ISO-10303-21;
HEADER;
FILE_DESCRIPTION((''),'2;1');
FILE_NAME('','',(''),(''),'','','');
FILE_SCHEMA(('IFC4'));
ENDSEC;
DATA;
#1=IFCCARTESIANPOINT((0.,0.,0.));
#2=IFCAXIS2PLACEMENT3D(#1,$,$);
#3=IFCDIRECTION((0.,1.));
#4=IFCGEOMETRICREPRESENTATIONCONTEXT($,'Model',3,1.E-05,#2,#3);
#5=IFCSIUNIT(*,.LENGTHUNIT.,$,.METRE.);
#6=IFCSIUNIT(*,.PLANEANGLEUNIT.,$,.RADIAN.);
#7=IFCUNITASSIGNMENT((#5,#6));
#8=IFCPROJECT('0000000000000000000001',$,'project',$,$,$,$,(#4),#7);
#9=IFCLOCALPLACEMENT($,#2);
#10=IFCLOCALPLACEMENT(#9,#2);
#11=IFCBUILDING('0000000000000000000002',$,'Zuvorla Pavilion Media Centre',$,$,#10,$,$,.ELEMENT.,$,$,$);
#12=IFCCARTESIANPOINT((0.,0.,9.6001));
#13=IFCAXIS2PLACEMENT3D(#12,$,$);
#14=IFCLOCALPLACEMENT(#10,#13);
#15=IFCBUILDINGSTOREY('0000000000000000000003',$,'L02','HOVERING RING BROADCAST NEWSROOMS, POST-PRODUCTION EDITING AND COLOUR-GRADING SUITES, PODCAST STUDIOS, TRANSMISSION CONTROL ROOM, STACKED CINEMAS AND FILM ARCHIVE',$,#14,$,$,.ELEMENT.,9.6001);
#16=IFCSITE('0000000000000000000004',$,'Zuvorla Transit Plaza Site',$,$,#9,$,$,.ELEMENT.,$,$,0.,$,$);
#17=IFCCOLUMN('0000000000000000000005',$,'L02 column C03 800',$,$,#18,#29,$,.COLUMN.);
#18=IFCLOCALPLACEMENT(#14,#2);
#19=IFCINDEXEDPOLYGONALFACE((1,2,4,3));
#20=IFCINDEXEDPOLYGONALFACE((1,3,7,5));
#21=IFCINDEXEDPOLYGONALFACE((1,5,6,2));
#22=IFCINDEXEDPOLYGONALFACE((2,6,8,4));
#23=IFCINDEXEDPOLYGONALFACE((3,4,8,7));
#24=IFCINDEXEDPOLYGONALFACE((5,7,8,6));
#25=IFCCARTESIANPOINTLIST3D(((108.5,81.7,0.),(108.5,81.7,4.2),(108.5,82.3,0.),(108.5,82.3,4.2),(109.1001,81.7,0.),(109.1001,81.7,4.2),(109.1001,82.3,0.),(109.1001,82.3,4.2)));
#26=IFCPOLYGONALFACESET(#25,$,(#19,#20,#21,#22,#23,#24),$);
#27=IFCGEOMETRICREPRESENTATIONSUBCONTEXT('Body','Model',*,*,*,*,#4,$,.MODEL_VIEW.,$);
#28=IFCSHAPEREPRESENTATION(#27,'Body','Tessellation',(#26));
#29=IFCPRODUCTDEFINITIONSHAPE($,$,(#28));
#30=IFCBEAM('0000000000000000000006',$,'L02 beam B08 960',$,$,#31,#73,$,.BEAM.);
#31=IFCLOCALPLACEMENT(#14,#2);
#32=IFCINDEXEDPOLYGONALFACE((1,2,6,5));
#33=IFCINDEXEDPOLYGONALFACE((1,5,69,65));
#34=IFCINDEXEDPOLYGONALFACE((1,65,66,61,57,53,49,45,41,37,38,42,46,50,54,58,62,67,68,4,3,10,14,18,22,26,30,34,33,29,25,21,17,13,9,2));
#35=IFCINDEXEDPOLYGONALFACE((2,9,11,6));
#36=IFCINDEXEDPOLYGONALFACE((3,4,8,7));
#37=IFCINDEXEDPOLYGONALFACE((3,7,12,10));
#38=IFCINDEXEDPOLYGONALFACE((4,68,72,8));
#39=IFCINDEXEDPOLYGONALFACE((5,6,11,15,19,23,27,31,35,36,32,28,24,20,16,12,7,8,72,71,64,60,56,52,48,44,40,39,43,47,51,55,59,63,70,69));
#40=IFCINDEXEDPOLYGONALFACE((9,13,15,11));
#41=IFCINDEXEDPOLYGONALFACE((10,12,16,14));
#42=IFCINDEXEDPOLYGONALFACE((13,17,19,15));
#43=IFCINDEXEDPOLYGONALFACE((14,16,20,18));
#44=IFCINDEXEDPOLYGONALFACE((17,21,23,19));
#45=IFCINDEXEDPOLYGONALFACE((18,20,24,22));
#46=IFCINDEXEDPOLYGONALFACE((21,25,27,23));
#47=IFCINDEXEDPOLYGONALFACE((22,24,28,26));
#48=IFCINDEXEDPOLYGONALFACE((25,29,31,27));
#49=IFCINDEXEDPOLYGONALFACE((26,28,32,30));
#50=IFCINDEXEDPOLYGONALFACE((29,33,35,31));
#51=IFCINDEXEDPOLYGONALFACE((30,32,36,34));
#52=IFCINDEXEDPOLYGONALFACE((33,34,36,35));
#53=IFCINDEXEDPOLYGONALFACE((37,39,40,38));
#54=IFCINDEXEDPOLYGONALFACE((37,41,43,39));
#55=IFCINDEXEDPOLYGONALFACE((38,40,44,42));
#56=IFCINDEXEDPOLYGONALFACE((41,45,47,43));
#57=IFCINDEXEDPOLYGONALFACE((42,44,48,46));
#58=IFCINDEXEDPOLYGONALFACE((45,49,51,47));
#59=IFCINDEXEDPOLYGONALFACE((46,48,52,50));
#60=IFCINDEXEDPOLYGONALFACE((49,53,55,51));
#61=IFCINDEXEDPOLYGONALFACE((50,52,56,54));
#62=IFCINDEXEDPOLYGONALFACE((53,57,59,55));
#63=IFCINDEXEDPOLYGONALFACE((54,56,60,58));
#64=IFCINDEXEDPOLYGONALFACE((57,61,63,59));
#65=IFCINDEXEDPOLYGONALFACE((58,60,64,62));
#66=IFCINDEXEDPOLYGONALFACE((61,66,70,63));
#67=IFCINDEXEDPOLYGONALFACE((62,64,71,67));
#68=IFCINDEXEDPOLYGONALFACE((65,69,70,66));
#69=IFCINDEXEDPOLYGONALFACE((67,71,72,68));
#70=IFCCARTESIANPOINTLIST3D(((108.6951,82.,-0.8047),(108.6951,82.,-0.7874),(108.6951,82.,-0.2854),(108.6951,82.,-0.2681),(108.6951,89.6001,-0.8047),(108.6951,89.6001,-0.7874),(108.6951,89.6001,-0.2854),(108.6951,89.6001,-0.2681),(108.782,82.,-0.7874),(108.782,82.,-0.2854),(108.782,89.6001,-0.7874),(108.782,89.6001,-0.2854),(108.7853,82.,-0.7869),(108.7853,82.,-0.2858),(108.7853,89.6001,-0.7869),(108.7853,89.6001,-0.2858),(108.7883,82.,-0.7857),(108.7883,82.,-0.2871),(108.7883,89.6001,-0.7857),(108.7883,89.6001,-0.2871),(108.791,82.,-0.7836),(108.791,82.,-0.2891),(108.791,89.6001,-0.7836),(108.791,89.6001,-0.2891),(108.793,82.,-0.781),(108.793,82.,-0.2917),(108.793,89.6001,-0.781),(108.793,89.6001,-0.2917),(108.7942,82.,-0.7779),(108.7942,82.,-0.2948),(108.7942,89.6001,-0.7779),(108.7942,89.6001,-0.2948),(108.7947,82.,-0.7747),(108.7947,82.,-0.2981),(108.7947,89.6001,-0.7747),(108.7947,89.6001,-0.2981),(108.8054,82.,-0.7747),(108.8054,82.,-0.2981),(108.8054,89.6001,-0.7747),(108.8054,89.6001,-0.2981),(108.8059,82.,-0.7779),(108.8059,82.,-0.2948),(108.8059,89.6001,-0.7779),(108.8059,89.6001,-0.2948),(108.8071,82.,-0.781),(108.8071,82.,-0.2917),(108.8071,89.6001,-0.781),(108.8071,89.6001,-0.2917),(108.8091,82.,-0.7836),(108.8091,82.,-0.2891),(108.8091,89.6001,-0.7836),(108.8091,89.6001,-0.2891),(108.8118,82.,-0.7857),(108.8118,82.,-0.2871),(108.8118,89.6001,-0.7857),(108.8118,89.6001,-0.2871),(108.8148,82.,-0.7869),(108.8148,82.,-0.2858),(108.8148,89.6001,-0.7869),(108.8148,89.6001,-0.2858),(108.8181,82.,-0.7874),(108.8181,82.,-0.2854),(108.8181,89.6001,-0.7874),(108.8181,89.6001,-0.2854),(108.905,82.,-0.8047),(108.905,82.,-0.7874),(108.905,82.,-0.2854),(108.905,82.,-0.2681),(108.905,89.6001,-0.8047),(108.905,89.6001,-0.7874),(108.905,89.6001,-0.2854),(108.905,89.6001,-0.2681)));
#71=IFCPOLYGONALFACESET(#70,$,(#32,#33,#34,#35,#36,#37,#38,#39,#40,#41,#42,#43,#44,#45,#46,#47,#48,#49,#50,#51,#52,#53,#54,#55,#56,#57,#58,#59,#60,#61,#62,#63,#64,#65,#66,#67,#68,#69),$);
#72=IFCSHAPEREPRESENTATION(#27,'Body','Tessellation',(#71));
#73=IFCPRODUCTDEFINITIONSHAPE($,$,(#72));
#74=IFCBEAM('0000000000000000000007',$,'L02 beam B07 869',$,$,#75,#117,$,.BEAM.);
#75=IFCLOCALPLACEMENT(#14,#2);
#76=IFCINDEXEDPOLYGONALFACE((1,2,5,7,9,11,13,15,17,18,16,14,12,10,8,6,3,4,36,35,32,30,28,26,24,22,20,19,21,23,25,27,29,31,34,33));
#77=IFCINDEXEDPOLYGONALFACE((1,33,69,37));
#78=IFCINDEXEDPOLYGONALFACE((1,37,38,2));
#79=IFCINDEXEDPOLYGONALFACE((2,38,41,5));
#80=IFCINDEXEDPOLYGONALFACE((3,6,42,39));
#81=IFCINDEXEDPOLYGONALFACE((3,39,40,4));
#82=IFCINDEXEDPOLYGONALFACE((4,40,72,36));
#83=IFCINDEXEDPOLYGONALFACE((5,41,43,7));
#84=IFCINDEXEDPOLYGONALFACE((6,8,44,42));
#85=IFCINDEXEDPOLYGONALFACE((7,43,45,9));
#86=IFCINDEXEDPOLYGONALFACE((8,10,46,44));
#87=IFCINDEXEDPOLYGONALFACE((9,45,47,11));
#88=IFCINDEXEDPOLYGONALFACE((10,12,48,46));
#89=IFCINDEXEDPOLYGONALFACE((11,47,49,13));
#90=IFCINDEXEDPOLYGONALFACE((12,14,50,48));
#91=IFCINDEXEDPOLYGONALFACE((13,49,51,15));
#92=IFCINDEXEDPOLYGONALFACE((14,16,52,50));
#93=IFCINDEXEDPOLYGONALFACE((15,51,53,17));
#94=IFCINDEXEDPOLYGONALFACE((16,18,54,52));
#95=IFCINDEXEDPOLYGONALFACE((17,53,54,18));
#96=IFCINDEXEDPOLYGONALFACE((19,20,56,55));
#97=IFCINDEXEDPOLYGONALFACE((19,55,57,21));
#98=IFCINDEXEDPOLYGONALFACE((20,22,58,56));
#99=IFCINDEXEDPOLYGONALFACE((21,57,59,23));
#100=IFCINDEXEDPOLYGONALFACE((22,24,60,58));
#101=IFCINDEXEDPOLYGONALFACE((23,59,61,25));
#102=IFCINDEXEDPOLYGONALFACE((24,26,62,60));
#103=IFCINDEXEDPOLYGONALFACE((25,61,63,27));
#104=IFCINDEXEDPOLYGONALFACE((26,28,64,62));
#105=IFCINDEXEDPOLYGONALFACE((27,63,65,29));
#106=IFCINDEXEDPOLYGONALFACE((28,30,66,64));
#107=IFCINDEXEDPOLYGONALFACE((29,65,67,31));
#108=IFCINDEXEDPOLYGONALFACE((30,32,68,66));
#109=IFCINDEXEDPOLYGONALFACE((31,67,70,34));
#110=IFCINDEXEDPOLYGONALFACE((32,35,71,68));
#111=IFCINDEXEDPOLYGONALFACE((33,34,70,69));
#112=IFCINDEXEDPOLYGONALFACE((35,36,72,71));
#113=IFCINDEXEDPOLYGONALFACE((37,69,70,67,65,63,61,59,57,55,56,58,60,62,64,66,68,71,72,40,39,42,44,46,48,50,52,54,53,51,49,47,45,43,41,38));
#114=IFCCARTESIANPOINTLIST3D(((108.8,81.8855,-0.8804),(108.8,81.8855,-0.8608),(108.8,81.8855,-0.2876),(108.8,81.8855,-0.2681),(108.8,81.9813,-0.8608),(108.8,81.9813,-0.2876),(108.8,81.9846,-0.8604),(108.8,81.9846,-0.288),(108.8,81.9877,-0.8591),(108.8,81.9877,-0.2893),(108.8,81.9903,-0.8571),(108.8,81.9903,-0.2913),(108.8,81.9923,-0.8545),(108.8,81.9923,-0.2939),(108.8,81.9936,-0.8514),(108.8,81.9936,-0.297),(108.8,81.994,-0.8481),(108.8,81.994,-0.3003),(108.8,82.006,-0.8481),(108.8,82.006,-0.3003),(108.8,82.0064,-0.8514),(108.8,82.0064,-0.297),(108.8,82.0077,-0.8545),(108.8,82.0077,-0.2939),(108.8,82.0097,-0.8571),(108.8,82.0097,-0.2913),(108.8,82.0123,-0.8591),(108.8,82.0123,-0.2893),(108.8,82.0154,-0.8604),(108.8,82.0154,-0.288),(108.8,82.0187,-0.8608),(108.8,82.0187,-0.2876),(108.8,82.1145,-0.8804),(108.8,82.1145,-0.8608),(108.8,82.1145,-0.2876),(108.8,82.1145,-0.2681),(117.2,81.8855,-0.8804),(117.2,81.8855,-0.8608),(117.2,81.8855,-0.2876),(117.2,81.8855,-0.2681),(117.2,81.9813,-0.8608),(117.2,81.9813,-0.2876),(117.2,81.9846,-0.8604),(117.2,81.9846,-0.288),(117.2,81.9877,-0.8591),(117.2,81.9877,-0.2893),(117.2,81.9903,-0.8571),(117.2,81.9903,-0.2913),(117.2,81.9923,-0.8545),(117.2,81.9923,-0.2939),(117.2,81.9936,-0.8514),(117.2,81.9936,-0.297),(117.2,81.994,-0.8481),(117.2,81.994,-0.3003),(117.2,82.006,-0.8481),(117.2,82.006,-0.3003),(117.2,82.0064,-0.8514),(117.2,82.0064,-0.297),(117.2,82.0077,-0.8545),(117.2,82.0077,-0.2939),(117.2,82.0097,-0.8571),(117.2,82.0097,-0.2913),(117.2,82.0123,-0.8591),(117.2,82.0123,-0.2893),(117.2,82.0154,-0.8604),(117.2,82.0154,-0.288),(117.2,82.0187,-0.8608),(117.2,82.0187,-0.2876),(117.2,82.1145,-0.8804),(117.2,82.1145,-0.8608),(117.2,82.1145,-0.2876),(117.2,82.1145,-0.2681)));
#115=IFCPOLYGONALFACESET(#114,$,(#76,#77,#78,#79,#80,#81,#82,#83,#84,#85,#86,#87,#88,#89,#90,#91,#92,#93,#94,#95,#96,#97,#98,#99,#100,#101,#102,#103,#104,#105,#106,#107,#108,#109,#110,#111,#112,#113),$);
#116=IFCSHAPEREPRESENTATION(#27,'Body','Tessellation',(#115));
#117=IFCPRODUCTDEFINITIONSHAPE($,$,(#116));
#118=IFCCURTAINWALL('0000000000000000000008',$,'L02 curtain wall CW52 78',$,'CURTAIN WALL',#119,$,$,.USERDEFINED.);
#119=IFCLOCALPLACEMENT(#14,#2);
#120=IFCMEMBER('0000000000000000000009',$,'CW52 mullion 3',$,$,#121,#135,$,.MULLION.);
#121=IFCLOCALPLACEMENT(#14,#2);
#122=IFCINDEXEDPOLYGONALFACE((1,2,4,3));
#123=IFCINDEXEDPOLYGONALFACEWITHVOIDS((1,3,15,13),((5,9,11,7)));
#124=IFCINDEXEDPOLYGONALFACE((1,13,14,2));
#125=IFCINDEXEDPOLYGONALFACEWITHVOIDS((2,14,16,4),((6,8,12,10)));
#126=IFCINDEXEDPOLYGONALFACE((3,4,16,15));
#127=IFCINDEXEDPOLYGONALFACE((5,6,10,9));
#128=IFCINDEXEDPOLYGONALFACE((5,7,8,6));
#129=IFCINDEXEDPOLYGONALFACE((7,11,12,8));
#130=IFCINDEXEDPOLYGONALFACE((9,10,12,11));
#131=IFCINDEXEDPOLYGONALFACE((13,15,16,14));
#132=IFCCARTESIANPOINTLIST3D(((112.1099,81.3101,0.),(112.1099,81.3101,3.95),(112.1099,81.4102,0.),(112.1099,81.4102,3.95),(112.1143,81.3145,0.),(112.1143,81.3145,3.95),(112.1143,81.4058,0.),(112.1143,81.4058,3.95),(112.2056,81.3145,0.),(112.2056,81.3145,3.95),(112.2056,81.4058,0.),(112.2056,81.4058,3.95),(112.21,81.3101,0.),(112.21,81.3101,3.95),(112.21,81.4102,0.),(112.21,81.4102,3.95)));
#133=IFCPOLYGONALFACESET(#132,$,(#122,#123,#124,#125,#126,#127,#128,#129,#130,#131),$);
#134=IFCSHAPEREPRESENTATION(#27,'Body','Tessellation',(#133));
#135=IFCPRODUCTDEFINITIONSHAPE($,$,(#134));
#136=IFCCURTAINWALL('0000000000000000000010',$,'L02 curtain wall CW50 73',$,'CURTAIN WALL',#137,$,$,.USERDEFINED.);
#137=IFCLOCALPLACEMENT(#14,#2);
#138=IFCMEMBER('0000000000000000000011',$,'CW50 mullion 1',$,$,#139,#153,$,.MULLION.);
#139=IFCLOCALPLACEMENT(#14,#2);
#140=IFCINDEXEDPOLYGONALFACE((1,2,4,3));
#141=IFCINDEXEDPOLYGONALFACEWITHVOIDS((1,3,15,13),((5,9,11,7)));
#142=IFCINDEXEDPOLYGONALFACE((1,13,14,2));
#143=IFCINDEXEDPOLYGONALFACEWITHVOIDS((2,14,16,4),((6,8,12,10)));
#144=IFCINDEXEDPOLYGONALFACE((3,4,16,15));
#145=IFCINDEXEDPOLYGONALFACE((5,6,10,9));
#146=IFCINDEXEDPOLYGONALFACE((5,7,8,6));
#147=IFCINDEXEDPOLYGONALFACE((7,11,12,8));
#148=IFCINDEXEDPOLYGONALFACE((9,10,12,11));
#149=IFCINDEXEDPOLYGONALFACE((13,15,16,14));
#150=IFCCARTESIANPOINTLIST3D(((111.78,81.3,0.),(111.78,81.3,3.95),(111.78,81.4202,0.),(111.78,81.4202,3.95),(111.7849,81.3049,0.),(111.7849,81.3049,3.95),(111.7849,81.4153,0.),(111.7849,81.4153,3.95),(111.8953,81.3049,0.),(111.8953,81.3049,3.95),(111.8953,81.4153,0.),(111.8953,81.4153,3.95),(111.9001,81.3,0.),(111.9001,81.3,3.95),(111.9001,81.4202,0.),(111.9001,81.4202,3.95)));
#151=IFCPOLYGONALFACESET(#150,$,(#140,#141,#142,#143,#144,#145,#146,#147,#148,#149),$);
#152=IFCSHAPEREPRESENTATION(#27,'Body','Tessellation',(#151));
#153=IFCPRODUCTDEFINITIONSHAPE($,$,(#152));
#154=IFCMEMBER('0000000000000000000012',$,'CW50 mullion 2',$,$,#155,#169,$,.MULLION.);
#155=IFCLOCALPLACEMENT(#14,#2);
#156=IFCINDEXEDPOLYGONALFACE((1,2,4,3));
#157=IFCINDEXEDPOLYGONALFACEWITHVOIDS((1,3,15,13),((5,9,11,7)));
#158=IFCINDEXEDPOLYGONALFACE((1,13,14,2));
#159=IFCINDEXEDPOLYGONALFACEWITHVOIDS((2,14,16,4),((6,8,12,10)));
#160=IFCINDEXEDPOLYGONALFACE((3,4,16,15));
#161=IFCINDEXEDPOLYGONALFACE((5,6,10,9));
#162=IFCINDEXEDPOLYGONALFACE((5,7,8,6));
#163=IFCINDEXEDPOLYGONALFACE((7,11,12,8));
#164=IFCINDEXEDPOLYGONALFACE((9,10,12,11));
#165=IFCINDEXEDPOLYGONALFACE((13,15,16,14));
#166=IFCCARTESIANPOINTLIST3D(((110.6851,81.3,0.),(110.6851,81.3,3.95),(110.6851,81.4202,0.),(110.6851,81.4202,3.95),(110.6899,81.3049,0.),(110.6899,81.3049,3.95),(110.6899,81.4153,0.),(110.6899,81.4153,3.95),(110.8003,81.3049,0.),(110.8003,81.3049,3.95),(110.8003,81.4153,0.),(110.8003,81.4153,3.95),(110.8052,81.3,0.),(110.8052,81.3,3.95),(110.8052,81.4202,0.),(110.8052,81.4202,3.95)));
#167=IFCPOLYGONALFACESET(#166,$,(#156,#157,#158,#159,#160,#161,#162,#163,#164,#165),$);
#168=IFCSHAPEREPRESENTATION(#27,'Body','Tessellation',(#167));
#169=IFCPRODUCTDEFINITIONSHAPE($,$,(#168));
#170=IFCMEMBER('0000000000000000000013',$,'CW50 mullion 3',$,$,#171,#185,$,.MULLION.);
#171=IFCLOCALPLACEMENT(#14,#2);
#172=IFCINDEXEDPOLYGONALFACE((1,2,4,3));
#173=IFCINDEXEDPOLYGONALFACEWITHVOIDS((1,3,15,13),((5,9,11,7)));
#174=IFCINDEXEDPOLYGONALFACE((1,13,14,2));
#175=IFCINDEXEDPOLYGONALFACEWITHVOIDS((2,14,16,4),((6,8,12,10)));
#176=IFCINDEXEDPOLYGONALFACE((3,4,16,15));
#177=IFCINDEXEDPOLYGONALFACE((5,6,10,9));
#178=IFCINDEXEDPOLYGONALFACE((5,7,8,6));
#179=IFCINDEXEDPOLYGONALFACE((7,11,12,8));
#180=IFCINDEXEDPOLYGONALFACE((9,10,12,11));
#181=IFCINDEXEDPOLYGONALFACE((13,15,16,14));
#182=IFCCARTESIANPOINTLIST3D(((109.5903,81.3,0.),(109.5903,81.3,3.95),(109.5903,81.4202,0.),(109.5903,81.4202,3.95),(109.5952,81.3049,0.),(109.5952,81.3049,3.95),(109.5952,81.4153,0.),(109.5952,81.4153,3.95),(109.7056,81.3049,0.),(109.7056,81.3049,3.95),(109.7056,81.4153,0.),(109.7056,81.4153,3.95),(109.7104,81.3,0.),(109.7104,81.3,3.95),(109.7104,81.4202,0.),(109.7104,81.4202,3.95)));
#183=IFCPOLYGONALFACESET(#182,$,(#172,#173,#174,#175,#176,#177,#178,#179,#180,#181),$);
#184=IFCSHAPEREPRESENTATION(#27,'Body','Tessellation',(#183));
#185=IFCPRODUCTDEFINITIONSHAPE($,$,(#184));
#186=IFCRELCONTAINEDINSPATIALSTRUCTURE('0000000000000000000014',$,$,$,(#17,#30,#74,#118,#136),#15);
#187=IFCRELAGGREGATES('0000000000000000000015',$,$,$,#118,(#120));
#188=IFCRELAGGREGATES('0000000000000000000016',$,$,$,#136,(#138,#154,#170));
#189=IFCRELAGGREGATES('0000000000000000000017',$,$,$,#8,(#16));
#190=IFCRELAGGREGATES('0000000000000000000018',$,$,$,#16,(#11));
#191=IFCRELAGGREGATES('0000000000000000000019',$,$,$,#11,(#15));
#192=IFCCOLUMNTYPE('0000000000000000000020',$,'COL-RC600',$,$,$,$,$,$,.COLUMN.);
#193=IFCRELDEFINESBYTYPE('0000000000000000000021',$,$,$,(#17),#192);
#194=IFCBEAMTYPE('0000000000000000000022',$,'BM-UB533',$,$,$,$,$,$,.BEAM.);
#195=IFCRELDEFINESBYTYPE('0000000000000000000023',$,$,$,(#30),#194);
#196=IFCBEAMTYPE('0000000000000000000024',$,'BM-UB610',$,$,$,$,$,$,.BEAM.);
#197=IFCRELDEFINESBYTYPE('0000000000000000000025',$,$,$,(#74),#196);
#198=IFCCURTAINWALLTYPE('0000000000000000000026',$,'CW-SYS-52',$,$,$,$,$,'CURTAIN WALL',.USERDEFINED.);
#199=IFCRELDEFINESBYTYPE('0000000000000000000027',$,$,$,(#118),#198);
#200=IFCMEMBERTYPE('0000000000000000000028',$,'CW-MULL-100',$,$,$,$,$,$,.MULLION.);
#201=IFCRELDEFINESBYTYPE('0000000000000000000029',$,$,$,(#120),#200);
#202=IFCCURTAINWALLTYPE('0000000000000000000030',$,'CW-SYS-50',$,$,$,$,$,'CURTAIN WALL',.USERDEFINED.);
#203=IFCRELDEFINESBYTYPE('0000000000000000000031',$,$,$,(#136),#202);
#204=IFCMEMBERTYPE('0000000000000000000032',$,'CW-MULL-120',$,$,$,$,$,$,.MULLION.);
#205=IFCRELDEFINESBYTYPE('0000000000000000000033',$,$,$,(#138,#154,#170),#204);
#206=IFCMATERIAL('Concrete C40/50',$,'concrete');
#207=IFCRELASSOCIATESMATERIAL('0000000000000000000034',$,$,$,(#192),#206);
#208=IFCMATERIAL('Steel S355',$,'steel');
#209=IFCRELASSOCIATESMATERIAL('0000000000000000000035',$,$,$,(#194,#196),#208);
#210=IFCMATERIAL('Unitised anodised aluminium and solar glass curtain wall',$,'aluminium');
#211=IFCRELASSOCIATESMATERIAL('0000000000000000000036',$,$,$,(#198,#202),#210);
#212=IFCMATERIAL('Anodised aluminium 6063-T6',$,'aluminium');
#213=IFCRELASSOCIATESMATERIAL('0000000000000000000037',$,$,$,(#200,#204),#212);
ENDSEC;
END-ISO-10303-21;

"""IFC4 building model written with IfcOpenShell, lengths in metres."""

from ifc_helpers import new_model, si_unit, direction, frame, origin, origin_2d, place, context, subcontext, project, spatial, rectangle, hollow_rectangle, i_section, extrude, material, material_profile, profile_set, type_object, element, aggregate, save


model = new_model("IFC4")

# Units and contexts
model_context = context("Model", 3, precision=1e-05, world=origin(), true_north=direction((0.0, 1.0)))
body_context = subcontext(model_context, "Body", "Model", "MODEL_VIEW")
ifc_project = project(units=[si_unit("LENGTHUNIT", "METRE"), si_unit("PLANEANGLEUNIT", "RADIAN")], contexts=[model_context])

# Site, building, storey
site_placement = place(None, origin())
site = spatial("IfcSite", under=ifc_project, at=site_placement, Name="Zuvorla Transit Plaza Site", CompositionType="ELEMENT", RefElevation=0.0)
building_placement = place(site_placement, origin())
building = spatial("IfcBuilding", under=site, at=building_placement, Name="Zuvorla Pavilion Media Centre", CompositionType="ELEMENT")
storey_placement = place(building_placement, frame((0.0, 0.0, 9.6001)))
storey = spatial("IfcBuildingStorey", under=building, at=storey_placement, Name="L02", Description="HOVERING RING BROADCAST NEWSROOMS, POST-PRODUCTION EDITING AND COLOUR-GRADING SUITES, PODCAST STUDIOS, TRANSMISSION CONTROL ROOM, STACKED CINEMAS AND FILM ARCHIVE", CompositionType="ELEMENT", Elevation=9.6001)

# Column
ifc_material_1 = material(Name="Concrete C40/50", Category="concrete")
ifc_material_profile_1 = material_profile(ifc_material_1, rectangle(XDim=0.6001, YDim=0.6001, at=origin_2d()), Name="RC 600x600")
ifc_profile_set_1 = profile_set([ifc_material_profile_1], Name="Concrete C40/50")
column_type = type_object("IfcColumnType", Name="COL-RC600", PredefinedType="COLUMN", material=ifc_profile_set_1)
column_placement = place(storey_placement, frame((108.8, 82.0, 0.0), z_axis=(0.0, 0.0, 1.0), x_axis=(1.0, 0.0, 0.0)))
element("IfcColumn", 1, at=column_placement, inside=storey, type_object=column_type, Name="L02 column C03 800", PredefinedType="COLUMN", context=body_context, shape_type="SweptSolid", body=[
    extrude(rectangle(XDim=0.6001, YDim=0.6001, at=origin_2d()), origin(), (0.0, 0.0, 1.0), 4.2),
])

# Beams
ifc_material_2 = material(Name="Steel S355", Category="steel")
ifc_material_profile_2 = material_profile(ifc_material_2, i_section(OverallWidth=0.21, OverallDepth=0.5366, WebThickness=0.0107, FlangeThickness=0.0173, FilletRadius=0.0127, at=origin_2d()), Name="UB 533x210x101")
ifc_profile_set_2 = profile_set([ifc_material_profile_2], Name="Steel S355")
beam_type_1 = type_object("IfcBeamType", Name="BM-UB533", PredefinedType="BEAM", material=ifc_profile_set_2)
beam_1_placement = place(storey_placement, frame((108.8, 82.0, -0.5364), z_axis=(0.0, 1.0, 0.0), x_axis=(-1.0, 0.0, 0.0)))
element("IfcBeam", 2, at=beam_1_placement, inside=storey, type_object=beam_type_1, Name="L02 beam B08 960", PredefinedType="BEAM", context=body_context, shape_type="SweptSolid", body=[
    extrude(i_section(OverallWidth=0.21, OverallDepth=0.5366, WebThickness=0.0107, FlangeThickness=0.0173, FilletRadius=0.0127, at=origin_2d()), origin(), (0.0, 0.0, 1.0), 7.6001),
])
ifc_material_profile_3 = material_profile(ifc_material_2, i_section(OverallWidth=0.229, OverallDepth=0.6123, WebThickness=0.012, FlangeThickness=0.0195, FilletRadius=0.0127, at=origin_2d()), Name="UB 610x229x125")
ifc_profile_set_3 = profile_set([ifc_material_profile_3], Name="Steel S355")
beam_type_2 = type_object("IfcBeamType", Name="BM-UB610", PredefinedType="BEAM", material=ifc_profile_set_3)
beam_2_placement = place(storey_placement, frame((108.8, 82.0, -0.5742), z_axis=(1.0, 0.0, 0.0), x_axis=(0.0, 1.0, 0.0)))
element("IfcBeam", 3, at=beam_2_placement, inside=storey, type_object=beam_type_2, Name="L02 beam B07 869", PredefinedType="BEAM", context=body_context, shape_type="SweptSolid", body=[
    extrude(i_section(OverallWidth=0.229, OverallDepth=0.6123, WebThickness=0.012, FlangeThickness=0.0195, FilletRadius=0.0127, at=origin_2d()), origin(), (0.0, 0.0, 1.0), 8.3999),
])

# Curtain wall, member
ifc_material_3 = material(Name="Unitised anodised aluminium and solar glass curtain wall", Category="aluminium")
curtain_wall_type_1 = type_object("IfcCurtainWallType", Name="CW-SYS-52", ElementType="CURTAIN WALL", PredefinedType="USERDEFINED", material=ifc_material_3)
curtain_wall_1_placement = place(storey_placement, origin())
curtain_wall_1 = element("IfcCurtainWall", 4, at=curtain_wall_1_placement, inside=storey, type_object=curtain_wall_type_1, Name="L02 curtain wall CW52 78", ObjectType="CURTAIN WALL", PredefinedType="USERDEFINED")
ifc_material_4 = material(Name="Anodised aluminium 6063-T6", Category="aluminium")
ifc_material_profile_4 = material_profile(ifc_material_4, hollow_rectangle(XDim=0.1001, YDim=0.1001, WallThickness=0.0044, at=origin_2d()), Name="ALU MULL 100x100")
ifc_profile_set_4 = profile_set([ifc_material_profile_4], Name="Anodised aluminium 6063-T6")
member_type_1 = type_object("IfcMemberType", Name="CW-MULL-100", PredefinedType="MULLION", material=ifc_profile_set_4)
member_1_placement = place(storey_placement, frame((112.1599, 81.3601, 0.0), z_axis=(0.0, 0.0, 1.0), x_axis=(1.0, 0.0, 0.0)))
member_1 = element("IfcMember", 5, at=member_1_placement, type_object=member_type_1, Name="CW52 mullion 3", PredefinedType="MULLION", context=body_context, shape_type="SweptSolid", body=[
    extrude(hollow_rectangle(XDim=0.1001, YDim=0.1001, WallThickness=0.0044, at=origin_2d()), origin(), (0.0, 0.0, 1.0), 3.95),
])

# Curtain wall, members
curtain_wall_type_2 = type_object("IfcCurtainWallType", Name="CW-SYS-50", ElementType="CURTAIN WALL", PredefinedType="USERDEFINED", material=ifc_material_3)
curtain_wall_2_placement = place(storey_placement, origin())
curtain_wall_2 = element("IfcCurtainWall", 6, at=curtain_wall_2_placement, inside=storey, type_object=curtain_wall_type_2, Name="L02 curtain wall CW50 73", ObjectType="CURTAIN WALL", PredefinedType="USERDEFINED")
ifc_material_profile_5 = material_profile(ifc_material_4, hollow_rectangle(XDim=0.1201, YDim=0.1201, WallThickness=0.0049, at=origin_2d()), Name="ALU MULL 120x120")
ifc_profile_set_5 = profile_set([ifc_material_profile_5], Name="Anodised aluminium 6063-T6")
member_type_2 = type_object("IfcMemberType", Name="CW-MULL-120", PredefinedType="MULLION", material=ifc_profile_set_5)
member_2_placement = place(storey_placement, frame((111.8401, 81.3601, 0.0), z_axis=(0.0, 0.0, 1.0), x_axis=(1.0, 0.0, 0.0)))
member_2 = element("IfcMember", 7, at=member_2_placement, type_object=member_type_2, Name="CW50 mullion 1", PredefinedType="MULLION", context=body_context, shape_type="SweptSolid", body=[
    extrude(hollow_rectangle(XDim=0.1201, YDim=0.1201, WallThickness=0.0049, at=origin_2d()), origin(), (0.0, 0.0, 1.0), 3.95),
])
member_3_placement = place(storey_placement, frame((110.7451, 81.3601, 0.0), z_axis=(0.0, 0.0, 1.0), x_axis=(1.0, 0.0, 0.0)))
member_3 = element("IfcMember", 8, at=member_3_placement, type_object=member_type_2, Name="CW50 mullion 2", PredefinedType="MULLION", context=body_context, shape_type="SweptSolid", body=[
    extrude(hollow_rectangle(XDim=0.1201, YDim=0.1201, WallThickness=0.0049, at=origin_2d()), origin(), (0.0, 0.0, 1.0), 3.95),
])
member_4_placement = place(storey_placement, frame((109.6504, 81.3601, 0.0), z_axis=(0.0, 0.0, 1.0), x_axis=(1.0, 0.0, 0.0)))
member_4 = element("IfcMember", 9, at=member_4_placement, type_object=member_type_2, Name="CW50 mullion 3", PredefinedType="MULLION", context=body_context, shape_type="SweptSolid", body=[
    extrude(hollow_rectangle(XDim=0.1201, YDim=0.1201, WallThickness=0.0049, at=origin_2d()), origin(), (0.0, 0.0, 1.0), 3.95),
])

aggregate(curtain_wall_1, [member_1])
aggregate(curtain_wall_2, [member_2, member_3, member_4])

save(model, "model.ifc")
